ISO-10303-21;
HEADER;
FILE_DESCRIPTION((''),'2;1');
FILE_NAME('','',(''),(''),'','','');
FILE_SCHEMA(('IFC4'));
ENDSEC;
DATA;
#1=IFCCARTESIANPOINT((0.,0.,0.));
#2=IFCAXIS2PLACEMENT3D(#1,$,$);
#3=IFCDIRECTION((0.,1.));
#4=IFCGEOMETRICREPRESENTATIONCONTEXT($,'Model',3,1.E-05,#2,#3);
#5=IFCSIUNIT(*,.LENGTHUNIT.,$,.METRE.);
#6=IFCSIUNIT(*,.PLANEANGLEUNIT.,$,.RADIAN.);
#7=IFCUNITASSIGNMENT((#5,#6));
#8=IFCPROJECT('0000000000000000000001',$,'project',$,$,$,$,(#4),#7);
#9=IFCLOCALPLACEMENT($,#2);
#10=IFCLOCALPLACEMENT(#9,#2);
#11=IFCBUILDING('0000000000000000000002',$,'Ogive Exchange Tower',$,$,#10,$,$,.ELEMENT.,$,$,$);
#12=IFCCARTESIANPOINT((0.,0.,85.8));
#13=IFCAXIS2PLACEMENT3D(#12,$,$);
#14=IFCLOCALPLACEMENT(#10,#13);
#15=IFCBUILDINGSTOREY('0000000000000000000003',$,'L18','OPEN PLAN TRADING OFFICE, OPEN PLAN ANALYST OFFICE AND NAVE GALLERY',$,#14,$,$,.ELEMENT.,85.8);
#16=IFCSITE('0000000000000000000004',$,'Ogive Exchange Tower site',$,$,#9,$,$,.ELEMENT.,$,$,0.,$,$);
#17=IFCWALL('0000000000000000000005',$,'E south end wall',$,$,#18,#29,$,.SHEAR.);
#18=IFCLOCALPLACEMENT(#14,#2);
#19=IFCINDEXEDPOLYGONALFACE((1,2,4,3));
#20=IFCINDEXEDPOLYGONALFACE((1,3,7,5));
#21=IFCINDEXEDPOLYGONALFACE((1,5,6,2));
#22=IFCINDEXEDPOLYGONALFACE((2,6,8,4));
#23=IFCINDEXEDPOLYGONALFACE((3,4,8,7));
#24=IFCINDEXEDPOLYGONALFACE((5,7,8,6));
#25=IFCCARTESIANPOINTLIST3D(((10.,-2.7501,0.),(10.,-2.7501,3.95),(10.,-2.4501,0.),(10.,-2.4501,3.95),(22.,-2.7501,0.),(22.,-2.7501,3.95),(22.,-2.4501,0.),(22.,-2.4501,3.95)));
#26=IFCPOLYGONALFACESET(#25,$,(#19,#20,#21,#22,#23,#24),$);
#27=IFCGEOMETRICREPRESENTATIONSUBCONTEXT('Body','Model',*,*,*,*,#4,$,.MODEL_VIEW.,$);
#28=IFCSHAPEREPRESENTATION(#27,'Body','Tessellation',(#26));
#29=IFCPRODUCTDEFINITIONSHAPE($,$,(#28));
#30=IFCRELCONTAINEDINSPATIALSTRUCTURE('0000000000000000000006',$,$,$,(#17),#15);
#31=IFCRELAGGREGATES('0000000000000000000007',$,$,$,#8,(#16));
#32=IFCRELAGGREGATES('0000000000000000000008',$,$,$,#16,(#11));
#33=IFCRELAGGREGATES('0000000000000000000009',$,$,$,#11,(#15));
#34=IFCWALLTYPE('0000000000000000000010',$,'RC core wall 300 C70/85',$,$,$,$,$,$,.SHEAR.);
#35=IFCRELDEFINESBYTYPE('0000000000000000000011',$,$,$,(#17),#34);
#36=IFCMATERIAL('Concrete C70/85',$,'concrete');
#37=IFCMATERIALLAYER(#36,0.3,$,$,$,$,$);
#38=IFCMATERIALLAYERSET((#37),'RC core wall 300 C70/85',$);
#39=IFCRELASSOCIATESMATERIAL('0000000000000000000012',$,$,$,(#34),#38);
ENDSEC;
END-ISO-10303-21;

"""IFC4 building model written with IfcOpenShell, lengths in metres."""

from ifc_helpers import new_model, si_unit, direction, frame, frame_2d, origin, place, context, subcontext, project, spatial, rectangle, extrude, material, layer, layer_set, type_object, element, save


model = new_model("IFC4")

# Units and contexts
model_context = context("Model", 3, precision=1e-05, world=origin(), true_north=direction((0.0, 1.0)))
body_context = subcontext(model_context, "Body", "Model", "MODEL_VIEW")
ifc_project = project(units=[si_unit("LENGTHUNIT", "METRE"), si_unit("PLANEANGLEUNIT", "RADIAN")], contexts=[model_context])

# Site, building, storey
site_placement = place(None, origin())
site = spatial("IfcSite", under=ifc_project, at=site_placement, Name="Ogive Exchange Tower site", CompositionType="ELEMENT", RefElevation=0.0)
building_placement = place(site_placement, origin())
building = spatial("IfcBuilding", under=site, at=building_placement, Name="Ogive Exchange Tower", CompositionType="ELEMENT")
storey_placement = place(building_placement, frame((0.0, 0.0, 85.8)))
storey = spatial("IfcBuildingStorey", under=building, at=storey_placement, Name="L18", Description="OPEN PLAN TRADING OFFICE, OPEN PLAN ANALYST OFFICE AND NAVE GALLERY", CompositionType="ELEMENT", Elevation=85.8)

# Shared definitions
ifc_material_1 = material(Name="Concrete C70/85", Category="concrete")

# Wall
ifc_layer_1 = layer(ifc_material_1, 0.3)
ifc_layer_set_1 = layer_set([ifc_layer_1], Name="RC core wall 300 C70/85")
wall_type_1 = type_object("IfcWallType", Name="RC core wall 300 C70/85", PredefinedType="SHEAR", material=ifc_layer_set_1)
wall_1_placement = place(storey_placement, frame((10.0, -2.6001, 0.0), z_axis=(0.0, 0.0, 1.0), x_axis=(1.0, 0.0, 0.0)))
element("IfcWall", 1, at=wall_1_placement, inside=storey, type_object=wall_type_1, Name="E south end wall", PredefinedType="SHEAR", context=body_context, shape_type="SweptSolid", body=[
    extrude(rectangle(XDim=12.0, YDim=0.3, at=frame_2d((6.0, 0.0))), origin(), (0.0, 0.0, 1.0), 3.95),
])

save(model, "model.ifc")
